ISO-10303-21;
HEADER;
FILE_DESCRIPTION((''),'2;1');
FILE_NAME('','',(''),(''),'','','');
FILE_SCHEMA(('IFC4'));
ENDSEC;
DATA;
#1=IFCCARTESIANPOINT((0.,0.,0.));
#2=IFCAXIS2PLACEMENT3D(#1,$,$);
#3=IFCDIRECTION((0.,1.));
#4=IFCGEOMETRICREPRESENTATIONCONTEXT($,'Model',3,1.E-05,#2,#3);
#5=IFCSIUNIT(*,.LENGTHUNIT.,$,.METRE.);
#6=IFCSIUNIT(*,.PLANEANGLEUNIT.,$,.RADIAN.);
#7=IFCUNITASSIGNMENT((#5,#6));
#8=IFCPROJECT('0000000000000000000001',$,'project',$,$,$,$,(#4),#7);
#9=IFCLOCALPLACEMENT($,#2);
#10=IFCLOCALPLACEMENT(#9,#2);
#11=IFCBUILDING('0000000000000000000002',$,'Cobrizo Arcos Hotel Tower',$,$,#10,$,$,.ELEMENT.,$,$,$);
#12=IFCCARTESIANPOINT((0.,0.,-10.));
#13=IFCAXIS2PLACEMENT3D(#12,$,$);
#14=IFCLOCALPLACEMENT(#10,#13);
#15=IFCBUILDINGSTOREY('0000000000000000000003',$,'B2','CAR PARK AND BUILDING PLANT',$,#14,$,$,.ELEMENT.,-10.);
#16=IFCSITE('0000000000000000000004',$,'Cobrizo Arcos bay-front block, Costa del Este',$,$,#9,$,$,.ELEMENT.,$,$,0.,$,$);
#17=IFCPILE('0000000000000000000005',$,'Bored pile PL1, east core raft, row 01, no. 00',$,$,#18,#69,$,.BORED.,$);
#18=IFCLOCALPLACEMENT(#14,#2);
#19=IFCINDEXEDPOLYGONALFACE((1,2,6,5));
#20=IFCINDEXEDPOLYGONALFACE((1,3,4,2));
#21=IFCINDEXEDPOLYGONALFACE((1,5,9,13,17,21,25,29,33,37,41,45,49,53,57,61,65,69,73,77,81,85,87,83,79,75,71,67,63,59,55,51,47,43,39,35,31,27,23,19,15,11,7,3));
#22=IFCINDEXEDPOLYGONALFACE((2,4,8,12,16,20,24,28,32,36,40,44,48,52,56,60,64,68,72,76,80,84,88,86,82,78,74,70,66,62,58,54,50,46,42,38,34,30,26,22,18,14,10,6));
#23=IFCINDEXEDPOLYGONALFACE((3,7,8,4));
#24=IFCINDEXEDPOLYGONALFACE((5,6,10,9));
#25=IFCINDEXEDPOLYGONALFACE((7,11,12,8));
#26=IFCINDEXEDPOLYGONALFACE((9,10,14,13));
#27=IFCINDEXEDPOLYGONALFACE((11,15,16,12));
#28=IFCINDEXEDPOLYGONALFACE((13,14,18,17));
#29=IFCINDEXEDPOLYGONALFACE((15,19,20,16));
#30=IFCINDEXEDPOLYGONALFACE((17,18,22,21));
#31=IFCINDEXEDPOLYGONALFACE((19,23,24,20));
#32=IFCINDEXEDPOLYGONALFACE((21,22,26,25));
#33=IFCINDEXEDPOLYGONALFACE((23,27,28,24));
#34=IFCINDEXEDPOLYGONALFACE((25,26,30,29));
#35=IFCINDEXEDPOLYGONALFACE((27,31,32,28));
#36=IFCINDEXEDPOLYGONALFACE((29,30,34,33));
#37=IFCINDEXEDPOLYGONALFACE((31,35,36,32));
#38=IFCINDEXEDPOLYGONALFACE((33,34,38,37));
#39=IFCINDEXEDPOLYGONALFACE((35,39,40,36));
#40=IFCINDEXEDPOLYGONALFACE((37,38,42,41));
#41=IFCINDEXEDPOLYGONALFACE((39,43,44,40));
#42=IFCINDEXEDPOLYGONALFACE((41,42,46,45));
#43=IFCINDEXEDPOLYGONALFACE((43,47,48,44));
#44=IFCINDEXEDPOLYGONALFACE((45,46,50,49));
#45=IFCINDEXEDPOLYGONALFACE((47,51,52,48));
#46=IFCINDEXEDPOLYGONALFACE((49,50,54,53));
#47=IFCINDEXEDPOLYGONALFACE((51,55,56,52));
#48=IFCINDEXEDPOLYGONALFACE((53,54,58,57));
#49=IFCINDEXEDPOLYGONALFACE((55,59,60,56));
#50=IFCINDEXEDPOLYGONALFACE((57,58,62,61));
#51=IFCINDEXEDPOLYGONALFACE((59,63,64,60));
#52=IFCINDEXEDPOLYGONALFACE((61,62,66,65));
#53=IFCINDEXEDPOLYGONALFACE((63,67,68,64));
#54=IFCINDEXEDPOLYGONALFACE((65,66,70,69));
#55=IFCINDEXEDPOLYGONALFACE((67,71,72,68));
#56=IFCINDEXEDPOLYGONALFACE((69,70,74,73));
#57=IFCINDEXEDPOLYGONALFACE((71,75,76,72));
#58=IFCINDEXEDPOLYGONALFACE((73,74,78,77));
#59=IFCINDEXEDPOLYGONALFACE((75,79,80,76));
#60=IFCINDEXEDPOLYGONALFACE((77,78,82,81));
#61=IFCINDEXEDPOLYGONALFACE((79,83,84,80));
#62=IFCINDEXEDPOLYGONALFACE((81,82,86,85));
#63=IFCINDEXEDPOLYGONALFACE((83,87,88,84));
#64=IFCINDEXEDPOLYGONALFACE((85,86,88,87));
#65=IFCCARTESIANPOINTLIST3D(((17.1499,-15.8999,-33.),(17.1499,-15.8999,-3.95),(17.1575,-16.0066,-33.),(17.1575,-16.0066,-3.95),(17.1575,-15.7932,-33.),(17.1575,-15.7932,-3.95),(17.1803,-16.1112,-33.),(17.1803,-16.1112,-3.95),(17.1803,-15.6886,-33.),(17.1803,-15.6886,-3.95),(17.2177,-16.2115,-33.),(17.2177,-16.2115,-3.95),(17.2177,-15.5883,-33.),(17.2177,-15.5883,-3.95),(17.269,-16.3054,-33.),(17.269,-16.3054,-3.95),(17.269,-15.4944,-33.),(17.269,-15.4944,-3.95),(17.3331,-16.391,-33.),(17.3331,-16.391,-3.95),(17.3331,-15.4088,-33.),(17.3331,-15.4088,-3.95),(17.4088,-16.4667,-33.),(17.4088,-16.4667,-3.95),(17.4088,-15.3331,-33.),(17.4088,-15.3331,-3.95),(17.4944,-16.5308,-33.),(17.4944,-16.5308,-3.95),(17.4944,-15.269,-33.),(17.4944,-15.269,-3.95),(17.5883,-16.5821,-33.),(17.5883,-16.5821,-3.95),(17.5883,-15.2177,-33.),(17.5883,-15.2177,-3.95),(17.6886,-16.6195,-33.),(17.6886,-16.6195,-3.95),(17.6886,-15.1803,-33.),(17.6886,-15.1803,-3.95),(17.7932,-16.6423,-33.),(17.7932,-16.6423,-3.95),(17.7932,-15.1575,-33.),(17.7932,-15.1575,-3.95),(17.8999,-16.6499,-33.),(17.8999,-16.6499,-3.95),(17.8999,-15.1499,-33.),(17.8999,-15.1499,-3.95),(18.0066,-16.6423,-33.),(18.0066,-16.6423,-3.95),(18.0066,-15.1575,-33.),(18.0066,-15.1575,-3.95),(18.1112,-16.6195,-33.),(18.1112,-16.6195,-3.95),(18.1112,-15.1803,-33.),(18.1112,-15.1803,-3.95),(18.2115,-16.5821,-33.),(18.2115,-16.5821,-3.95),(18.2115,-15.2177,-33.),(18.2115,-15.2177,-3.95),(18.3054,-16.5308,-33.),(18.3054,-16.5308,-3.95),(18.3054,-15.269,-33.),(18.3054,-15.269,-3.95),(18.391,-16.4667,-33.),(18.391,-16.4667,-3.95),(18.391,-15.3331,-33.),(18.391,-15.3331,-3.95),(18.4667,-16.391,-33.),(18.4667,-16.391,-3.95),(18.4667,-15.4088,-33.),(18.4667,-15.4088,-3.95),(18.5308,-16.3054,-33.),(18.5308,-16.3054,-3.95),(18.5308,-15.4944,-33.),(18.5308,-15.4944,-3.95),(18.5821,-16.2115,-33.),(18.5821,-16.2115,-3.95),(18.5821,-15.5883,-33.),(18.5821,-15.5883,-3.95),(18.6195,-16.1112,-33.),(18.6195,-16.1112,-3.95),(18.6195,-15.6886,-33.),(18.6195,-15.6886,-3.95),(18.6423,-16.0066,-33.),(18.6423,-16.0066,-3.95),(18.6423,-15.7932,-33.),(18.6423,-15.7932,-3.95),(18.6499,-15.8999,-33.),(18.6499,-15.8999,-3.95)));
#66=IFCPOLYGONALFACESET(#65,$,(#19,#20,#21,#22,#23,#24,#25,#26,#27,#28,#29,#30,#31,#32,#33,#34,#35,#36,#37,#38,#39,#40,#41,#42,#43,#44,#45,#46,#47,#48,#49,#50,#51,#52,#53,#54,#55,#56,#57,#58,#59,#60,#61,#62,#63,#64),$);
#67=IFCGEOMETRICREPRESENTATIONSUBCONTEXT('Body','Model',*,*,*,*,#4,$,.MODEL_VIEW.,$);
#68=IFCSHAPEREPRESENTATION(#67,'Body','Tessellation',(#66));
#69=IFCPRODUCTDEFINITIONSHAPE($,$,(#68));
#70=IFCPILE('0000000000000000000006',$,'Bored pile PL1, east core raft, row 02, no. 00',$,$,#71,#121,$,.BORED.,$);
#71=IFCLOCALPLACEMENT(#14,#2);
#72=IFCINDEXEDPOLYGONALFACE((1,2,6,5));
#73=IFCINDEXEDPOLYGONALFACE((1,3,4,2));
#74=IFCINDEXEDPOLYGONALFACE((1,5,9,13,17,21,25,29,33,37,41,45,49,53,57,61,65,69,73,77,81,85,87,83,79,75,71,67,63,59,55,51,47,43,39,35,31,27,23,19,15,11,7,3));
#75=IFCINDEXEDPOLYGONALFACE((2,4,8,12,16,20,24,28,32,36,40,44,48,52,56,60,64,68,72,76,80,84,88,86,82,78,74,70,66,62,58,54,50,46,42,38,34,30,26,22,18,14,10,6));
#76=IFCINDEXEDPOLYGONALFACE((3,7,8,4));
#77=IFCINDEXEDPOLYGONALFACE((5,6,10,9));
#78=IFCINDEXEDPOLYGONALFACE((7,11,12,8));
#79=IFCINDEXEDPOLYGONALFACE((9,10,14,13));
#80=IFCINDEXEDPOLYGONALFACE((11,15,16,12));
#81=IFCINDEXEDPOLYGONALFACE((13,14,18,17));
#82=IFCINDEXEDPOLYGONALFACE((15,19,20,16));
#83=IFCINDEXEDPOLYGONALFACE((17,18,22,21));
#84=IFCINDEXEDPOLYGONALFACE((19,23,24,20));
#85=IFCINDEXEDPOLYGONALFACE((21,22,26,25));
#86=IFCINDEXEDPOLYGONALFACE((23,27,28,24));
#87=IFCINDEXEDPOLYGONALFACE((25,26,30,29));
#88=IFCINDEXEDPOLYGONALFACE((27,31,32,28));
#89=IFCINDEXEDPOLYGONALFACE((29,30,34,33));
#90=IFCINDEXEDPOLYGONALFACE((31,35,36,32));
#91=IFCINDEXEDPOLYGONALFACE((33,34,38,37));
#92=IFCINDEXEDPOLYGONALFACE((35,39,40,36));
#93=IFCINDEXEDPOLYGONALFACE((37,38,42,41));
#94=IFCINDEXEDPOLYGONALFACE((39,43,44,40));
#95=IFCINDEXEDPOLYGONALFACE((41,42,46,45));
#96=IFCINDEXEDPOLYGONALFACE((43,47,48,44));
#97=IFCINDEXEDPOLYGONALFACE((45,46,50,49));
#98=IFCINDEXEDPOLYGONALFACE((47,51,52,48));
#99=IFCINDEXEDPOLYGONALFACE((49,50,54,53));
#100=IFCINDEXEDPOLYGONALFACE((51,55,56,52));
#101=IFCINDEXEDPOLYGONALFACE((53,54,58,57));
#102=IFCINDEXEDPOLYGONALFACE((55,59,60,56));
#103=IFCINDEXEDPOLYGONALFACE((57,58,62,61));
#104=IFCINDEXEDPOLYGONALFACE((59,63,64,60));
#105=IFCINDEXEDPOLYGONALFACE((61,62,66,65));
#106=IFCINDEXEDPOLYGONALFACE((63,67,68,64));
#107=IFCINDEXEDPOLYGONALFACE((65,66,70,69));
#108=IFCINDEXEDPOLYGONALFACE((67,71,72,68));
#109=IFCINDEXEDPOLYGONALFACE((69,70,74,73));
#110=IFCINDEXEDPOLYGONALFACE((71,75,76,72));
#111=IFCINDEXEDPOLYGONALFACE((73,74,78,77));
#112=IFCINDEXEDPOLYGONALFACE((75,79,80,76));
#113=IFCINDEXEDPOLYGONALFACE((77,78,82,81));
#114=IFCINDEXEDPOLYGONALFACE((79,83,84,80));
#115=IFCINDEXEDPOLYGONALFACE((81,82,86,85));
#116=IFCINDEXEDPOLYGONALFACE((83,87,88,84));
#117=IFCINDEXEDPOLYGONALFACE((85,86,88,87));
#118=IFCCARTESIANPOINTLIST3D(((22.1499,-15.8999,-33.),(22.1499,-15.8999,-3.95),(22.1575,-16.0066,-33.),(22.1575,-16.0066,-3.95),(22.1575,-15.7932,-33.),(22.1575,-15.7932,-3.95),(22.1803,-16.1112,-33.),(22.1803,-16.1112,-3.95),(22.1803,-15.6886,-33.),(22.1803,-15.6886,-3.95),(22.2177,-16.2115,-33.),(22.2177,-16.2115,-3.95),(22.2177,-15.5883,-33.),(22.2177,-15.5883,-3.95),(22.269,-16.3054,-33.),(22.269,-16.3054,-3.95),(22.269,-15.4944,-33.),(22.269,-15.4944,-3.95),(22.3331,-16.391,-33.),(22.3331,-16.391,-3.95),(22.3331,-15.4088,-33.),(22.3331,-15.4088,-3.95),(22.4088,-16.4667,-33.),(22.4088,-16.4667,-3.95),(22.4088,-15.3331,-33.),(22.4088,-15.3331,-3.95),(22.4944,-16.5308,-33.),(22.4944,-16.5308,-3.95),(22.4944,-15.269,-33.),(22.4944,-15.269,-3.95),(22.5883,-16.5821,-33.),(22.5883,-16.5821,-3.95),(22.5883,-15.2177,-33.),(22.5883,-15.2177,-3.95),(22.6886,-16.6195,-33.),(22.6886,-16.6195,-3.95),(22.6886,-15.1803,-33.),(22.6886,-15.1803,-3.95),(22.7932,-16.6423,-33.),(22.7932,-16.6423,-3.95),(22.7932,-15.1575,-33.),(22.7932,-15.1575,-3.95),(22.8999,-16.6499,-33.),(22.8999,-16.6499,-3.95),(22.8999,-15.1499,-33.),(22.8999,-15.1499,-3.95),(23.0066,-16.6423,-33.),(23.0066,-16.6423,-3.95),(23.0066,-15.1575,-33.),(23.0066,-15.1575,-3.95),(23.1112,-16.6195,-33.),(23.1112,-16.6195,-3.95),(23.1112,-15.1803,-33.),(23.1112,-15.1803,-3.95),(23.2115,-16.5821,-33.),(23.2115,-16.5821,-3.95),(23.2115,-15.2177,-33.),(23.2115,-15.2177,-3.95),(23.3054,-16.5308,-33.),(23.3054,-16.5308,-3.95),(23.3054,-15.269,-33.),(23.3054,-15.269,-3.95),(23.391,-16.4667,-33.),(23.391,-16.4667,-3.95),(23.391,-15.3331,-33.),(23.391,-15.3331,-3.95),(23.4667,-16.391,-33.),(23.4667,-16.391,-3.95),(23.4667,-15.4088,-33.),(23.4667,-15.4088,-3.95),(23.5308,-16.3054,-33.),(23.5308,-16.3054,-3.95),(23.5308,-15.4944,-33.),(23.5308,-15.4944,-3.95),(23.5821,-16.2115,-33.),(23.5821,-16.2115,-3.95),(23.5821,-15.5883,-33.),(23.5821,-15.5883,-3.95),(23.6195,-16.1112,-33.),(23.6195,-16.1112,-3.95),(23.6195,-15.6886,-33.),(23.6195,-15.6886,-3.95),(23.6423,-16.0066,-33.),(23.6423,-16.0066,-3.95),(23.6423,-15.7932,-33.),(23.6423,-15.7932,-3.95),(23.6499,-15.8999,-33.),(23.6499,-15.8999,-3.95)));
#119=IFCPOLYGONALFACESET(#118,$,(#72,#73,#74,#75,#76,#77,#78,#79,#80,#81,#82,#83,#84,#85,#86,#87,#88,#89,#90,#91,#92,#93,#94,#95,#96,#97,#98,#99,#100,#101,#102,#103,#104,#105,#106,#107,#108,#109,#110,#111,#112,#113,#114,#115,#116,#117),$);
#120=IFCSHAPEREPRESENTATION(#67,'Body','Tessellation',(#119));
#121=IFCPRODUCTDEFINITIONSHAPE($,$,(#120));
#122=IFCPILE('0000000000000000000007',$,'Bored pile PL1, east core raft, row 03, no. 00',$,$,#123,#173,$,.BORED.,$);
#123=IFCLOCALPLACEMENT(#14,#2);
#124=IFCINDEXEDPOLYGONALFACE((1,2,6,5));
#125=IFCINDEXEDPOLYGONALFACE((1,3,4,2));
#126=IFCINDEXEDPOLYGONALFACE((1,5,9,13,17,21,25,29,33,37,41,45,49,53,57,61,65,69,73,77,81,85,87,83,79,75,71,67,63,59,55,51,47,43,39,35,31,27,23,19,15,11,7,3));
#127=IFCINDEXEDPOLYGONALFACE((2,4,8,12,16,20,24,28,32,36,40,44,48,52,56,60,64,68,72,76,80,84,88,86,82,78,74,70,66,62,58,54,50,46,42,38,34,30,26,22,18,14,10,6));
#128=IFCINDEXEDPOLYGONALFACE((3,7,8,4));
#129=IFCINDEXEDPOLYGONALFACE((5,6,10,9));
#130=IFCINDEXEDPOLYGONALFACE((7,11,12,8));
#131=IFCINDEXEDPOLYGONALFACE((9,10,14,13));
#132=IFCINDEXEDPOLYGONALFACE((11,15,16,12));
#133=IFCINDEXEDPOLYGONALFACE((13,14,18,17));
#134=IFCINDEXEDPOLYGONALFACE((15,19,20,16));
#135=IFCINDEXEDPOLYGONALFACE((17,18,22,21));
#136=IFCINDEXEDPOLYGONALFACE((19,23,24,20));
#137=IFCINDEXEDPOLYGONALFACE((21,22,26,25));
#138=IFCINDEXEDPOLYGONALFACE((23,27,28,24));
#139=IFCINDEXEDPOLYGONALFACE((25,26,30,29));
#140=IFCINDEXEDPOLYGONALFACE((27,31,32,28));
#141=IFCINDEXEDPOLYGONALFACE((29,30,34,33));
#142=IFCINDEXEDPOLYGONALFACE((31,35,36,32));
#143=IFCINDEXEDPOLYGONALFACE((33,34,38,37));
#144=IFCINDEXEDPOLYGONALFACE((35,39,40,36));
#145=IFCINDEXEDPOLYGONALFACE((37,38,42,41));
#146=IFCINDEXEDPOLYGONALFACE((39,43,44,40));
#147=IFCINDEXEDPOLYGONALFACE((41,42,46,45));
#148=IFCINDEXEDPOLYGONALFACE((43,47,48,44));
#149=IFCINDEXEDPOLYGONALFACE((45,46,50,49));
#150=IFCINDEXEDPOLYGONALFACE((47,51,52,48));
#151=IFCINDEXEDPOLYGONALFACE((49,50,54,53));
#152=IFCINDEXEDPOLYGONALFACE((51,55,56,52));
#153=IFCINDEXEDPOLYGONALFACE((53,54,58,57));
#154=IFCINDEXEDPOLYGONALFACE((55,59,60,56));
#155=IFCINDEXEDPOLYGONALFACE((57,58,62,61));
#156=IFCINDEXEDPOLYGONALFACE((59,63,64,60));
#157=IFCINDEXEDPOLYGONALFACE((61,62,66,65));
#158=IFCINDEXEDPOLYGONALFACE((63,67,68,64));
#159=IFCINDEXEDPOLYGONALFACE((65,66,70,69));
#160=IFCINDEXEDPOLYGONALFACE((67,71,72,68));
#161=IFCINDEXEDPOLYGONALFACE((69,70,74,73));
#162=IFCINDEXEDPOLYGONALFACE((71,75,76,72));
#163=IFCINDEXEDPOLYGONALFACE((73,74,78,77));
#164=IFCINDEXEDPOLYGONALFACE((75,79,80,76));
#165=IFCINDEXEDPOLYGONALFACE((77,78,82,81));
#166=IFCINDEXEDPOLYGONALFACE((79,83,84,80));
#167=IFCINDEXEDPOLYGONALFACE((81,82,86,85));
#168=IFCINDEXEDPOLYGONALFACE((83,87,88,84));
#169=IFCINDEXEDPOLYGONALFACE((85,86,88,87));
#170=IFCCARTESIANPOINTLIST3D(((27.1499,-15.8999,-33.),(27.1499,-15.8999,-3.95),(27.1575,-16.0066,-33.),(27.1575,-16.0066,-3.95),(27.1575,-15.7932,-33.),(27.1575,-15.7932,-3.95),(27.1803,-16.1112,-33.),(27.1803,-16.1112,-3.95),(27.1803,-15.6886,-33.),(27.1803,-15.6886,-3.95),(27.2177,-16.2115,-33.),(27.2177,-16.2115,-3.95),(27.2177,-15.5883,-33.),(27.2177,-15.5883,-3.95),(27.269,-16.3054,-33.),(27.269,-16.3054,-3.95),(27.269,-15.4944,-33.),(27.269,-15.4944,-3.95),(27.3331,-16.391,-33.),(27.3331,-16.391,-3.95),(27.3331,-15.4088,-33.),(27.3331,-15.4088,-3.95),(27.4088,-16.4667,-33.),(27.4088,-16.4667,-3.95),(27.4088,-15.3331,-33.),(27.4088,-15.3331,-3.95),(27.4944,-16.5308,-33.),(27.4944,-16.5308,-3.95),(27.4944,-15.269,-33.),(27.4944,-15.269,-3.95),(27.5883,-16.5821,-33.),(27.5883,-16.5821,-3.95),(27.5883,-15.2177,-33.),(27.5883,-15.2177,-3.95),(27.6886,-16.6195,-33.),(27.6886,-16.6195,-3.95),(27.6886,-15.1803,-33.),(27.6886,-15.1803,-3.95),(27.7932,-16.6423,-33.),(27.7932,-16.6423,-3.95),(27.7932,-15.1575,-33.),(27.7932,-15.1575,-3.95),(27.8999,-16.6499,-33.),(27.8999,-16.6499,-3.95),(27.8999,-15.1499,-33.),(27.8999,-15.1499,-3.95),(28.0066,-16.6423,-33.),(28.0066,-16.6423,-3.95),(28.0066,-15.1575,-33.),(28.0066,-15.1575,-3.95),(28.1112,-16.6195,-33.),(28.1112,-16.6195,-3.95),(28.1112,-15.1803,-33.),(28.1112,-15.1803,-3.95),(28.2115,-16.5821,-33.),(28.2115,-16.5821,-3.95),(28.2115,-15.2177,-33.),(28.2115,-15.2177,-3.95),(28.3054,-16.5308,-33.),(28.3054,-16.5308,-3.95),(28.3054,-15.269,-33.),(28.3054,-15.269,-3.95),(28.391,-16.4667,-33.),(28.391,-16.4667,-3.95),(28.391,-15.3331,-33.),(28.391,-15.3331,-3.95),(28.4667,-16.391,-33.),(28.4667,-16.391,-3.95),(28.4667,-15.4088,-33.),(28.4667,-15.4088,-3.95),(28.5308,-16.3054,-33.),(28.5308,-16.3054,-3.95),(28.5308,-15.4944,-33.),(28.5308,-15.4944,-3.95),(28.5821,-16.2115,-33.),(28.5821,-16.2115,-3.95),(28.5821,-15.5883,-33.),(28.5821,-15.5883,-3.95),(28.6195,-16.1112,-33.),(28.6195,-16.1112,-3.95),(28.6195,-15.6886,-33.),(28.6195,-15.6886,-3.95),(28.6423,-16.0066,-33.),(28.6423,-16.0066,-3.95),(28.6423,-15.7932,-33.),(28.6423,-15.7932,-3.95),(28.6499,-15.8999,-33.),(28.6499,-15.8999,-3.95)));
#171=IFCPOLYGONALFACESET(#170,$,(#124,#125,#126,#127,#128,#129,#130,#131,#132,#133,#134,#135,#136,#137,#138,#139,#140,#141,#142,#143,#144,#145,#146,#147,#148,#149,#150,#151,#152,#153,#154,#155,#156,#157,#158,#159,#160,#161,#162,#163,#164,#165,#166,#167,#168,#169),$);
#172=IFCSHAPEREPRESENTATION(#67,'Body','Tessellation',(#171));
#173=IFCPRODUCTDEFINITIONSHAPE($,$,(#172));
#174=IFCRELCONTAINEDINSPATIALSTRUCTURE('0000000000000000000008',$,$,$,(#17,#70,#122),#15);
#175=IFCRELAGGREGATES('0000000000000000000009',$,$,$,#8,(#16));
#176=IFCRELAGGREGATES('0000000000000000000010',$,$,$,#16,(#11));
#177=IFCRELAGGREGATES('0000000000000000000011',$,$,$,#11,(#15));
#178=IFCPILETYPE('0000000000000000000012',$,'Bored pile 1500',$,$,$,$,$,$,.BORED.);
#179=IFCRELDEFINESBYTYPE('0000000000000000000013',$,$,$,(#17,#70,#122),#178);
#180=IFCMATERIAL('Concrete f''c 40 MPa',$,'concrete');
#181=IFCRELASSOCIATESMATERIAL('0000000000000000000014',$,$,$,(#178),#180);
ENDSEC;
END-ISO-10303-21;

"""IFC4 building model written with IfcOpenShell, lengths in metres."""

from ifc_helpers import new_model, si_unit, direction, frame, origin, origin_2d, place, context, subcontext, project, spatial, circle, extrude, material, material_profile, profile_set, type_object, element, save


model = new_model("IFC4")

# Units and contexts
model_context = context("Model", 3, precision=1e-05, world=origin(), true_north=direction((0.0, 1.0)))
body_context = subcontext(model_context, "Body", "Model", "MODEL_VIEW")
ifc_project = project(units=[si_unit("LENGTHUNIT", "METRE"), si_unit("PLANEANGLEUNIT", "RADIAN")], contexts=[model_context])

# Site, building, storey
site_placement = place(None, origin())
site = spatial("IfcSite", under=ifc_project, at=site_placement, Name="Cobrizo Arcos bay-front block, Costa del Este", CompositionType="ELEMENT", RefElevation=0.0)
building_placement = place(site_placement, origin())
building = spatial("IfcBuilding", under=site, at=building_placement, Name="Cobrizo Arcos Hotel Tower", CompositionType="ELEMENT")
storey_placement = place(building_placement, frame((0.0, 0.0, -10.0)))
storey = spatial("IfcBuildingStorey", under=building, at=storey_placement, Name="B2", Description="CAR PARK AND BUILDING PLANT", CompositionType="ELEMENT", Elevation=-10.0)

# Piles
ifc_material_1 = material(Name="Concrete f'c 40 MPa", Category="concrete")
ifc_material_profile_1 = material_profile(ifc_material_1, circle(Radius=0.75, at=origin_2d()), Name="BORED PILE 1500")
ifc_profile_set_1 = profile_set([ifc_material_profile_1], Name="Concrete f'c 40 MPa")
pile_type = type_object("IfcPileType", Name="Bored pile 1500", PredefinedType="BORED", material=ifc_profile_set_1)
for number, where, z_axis, x_axis, name in (
    (1, (17.8999, -15.8999, -3.95), (0.0, 0.0, -1.0), (1.0, 0.0, 0.0), "Bored pile PL1, east core raft, row 01, no. 00"),
    (2, (22.8999, -15.8999, -3.95), (0.0, 0.0, -1.0), (1.0, 0.0, 0.0), "Bored pile PL1, east core raft, row 02, no. 00"),
    (3, (27.8999, -15.8999, -3.95), (0.0, 0.0, -1.0), (1.0, 0.0, 0.0), "Bored pile PL1, east core raft, row 03, no. 00"),
):
    element("IfcPile", number, at=place(storey_placement, frame(where, z_axis=z_axis, x_axis=x_axis)), inside=storey, type_object=pile_type, Name=name, PredefinedType="BORED", context=body_context, shape_type="SweptSolid", body=[
        extrude(circle(Radius=0.75, at=origin_2d()), origin(), (0.0, 0.0, 1.0), 29.05),
    ])

save(model, "model.ifc")
